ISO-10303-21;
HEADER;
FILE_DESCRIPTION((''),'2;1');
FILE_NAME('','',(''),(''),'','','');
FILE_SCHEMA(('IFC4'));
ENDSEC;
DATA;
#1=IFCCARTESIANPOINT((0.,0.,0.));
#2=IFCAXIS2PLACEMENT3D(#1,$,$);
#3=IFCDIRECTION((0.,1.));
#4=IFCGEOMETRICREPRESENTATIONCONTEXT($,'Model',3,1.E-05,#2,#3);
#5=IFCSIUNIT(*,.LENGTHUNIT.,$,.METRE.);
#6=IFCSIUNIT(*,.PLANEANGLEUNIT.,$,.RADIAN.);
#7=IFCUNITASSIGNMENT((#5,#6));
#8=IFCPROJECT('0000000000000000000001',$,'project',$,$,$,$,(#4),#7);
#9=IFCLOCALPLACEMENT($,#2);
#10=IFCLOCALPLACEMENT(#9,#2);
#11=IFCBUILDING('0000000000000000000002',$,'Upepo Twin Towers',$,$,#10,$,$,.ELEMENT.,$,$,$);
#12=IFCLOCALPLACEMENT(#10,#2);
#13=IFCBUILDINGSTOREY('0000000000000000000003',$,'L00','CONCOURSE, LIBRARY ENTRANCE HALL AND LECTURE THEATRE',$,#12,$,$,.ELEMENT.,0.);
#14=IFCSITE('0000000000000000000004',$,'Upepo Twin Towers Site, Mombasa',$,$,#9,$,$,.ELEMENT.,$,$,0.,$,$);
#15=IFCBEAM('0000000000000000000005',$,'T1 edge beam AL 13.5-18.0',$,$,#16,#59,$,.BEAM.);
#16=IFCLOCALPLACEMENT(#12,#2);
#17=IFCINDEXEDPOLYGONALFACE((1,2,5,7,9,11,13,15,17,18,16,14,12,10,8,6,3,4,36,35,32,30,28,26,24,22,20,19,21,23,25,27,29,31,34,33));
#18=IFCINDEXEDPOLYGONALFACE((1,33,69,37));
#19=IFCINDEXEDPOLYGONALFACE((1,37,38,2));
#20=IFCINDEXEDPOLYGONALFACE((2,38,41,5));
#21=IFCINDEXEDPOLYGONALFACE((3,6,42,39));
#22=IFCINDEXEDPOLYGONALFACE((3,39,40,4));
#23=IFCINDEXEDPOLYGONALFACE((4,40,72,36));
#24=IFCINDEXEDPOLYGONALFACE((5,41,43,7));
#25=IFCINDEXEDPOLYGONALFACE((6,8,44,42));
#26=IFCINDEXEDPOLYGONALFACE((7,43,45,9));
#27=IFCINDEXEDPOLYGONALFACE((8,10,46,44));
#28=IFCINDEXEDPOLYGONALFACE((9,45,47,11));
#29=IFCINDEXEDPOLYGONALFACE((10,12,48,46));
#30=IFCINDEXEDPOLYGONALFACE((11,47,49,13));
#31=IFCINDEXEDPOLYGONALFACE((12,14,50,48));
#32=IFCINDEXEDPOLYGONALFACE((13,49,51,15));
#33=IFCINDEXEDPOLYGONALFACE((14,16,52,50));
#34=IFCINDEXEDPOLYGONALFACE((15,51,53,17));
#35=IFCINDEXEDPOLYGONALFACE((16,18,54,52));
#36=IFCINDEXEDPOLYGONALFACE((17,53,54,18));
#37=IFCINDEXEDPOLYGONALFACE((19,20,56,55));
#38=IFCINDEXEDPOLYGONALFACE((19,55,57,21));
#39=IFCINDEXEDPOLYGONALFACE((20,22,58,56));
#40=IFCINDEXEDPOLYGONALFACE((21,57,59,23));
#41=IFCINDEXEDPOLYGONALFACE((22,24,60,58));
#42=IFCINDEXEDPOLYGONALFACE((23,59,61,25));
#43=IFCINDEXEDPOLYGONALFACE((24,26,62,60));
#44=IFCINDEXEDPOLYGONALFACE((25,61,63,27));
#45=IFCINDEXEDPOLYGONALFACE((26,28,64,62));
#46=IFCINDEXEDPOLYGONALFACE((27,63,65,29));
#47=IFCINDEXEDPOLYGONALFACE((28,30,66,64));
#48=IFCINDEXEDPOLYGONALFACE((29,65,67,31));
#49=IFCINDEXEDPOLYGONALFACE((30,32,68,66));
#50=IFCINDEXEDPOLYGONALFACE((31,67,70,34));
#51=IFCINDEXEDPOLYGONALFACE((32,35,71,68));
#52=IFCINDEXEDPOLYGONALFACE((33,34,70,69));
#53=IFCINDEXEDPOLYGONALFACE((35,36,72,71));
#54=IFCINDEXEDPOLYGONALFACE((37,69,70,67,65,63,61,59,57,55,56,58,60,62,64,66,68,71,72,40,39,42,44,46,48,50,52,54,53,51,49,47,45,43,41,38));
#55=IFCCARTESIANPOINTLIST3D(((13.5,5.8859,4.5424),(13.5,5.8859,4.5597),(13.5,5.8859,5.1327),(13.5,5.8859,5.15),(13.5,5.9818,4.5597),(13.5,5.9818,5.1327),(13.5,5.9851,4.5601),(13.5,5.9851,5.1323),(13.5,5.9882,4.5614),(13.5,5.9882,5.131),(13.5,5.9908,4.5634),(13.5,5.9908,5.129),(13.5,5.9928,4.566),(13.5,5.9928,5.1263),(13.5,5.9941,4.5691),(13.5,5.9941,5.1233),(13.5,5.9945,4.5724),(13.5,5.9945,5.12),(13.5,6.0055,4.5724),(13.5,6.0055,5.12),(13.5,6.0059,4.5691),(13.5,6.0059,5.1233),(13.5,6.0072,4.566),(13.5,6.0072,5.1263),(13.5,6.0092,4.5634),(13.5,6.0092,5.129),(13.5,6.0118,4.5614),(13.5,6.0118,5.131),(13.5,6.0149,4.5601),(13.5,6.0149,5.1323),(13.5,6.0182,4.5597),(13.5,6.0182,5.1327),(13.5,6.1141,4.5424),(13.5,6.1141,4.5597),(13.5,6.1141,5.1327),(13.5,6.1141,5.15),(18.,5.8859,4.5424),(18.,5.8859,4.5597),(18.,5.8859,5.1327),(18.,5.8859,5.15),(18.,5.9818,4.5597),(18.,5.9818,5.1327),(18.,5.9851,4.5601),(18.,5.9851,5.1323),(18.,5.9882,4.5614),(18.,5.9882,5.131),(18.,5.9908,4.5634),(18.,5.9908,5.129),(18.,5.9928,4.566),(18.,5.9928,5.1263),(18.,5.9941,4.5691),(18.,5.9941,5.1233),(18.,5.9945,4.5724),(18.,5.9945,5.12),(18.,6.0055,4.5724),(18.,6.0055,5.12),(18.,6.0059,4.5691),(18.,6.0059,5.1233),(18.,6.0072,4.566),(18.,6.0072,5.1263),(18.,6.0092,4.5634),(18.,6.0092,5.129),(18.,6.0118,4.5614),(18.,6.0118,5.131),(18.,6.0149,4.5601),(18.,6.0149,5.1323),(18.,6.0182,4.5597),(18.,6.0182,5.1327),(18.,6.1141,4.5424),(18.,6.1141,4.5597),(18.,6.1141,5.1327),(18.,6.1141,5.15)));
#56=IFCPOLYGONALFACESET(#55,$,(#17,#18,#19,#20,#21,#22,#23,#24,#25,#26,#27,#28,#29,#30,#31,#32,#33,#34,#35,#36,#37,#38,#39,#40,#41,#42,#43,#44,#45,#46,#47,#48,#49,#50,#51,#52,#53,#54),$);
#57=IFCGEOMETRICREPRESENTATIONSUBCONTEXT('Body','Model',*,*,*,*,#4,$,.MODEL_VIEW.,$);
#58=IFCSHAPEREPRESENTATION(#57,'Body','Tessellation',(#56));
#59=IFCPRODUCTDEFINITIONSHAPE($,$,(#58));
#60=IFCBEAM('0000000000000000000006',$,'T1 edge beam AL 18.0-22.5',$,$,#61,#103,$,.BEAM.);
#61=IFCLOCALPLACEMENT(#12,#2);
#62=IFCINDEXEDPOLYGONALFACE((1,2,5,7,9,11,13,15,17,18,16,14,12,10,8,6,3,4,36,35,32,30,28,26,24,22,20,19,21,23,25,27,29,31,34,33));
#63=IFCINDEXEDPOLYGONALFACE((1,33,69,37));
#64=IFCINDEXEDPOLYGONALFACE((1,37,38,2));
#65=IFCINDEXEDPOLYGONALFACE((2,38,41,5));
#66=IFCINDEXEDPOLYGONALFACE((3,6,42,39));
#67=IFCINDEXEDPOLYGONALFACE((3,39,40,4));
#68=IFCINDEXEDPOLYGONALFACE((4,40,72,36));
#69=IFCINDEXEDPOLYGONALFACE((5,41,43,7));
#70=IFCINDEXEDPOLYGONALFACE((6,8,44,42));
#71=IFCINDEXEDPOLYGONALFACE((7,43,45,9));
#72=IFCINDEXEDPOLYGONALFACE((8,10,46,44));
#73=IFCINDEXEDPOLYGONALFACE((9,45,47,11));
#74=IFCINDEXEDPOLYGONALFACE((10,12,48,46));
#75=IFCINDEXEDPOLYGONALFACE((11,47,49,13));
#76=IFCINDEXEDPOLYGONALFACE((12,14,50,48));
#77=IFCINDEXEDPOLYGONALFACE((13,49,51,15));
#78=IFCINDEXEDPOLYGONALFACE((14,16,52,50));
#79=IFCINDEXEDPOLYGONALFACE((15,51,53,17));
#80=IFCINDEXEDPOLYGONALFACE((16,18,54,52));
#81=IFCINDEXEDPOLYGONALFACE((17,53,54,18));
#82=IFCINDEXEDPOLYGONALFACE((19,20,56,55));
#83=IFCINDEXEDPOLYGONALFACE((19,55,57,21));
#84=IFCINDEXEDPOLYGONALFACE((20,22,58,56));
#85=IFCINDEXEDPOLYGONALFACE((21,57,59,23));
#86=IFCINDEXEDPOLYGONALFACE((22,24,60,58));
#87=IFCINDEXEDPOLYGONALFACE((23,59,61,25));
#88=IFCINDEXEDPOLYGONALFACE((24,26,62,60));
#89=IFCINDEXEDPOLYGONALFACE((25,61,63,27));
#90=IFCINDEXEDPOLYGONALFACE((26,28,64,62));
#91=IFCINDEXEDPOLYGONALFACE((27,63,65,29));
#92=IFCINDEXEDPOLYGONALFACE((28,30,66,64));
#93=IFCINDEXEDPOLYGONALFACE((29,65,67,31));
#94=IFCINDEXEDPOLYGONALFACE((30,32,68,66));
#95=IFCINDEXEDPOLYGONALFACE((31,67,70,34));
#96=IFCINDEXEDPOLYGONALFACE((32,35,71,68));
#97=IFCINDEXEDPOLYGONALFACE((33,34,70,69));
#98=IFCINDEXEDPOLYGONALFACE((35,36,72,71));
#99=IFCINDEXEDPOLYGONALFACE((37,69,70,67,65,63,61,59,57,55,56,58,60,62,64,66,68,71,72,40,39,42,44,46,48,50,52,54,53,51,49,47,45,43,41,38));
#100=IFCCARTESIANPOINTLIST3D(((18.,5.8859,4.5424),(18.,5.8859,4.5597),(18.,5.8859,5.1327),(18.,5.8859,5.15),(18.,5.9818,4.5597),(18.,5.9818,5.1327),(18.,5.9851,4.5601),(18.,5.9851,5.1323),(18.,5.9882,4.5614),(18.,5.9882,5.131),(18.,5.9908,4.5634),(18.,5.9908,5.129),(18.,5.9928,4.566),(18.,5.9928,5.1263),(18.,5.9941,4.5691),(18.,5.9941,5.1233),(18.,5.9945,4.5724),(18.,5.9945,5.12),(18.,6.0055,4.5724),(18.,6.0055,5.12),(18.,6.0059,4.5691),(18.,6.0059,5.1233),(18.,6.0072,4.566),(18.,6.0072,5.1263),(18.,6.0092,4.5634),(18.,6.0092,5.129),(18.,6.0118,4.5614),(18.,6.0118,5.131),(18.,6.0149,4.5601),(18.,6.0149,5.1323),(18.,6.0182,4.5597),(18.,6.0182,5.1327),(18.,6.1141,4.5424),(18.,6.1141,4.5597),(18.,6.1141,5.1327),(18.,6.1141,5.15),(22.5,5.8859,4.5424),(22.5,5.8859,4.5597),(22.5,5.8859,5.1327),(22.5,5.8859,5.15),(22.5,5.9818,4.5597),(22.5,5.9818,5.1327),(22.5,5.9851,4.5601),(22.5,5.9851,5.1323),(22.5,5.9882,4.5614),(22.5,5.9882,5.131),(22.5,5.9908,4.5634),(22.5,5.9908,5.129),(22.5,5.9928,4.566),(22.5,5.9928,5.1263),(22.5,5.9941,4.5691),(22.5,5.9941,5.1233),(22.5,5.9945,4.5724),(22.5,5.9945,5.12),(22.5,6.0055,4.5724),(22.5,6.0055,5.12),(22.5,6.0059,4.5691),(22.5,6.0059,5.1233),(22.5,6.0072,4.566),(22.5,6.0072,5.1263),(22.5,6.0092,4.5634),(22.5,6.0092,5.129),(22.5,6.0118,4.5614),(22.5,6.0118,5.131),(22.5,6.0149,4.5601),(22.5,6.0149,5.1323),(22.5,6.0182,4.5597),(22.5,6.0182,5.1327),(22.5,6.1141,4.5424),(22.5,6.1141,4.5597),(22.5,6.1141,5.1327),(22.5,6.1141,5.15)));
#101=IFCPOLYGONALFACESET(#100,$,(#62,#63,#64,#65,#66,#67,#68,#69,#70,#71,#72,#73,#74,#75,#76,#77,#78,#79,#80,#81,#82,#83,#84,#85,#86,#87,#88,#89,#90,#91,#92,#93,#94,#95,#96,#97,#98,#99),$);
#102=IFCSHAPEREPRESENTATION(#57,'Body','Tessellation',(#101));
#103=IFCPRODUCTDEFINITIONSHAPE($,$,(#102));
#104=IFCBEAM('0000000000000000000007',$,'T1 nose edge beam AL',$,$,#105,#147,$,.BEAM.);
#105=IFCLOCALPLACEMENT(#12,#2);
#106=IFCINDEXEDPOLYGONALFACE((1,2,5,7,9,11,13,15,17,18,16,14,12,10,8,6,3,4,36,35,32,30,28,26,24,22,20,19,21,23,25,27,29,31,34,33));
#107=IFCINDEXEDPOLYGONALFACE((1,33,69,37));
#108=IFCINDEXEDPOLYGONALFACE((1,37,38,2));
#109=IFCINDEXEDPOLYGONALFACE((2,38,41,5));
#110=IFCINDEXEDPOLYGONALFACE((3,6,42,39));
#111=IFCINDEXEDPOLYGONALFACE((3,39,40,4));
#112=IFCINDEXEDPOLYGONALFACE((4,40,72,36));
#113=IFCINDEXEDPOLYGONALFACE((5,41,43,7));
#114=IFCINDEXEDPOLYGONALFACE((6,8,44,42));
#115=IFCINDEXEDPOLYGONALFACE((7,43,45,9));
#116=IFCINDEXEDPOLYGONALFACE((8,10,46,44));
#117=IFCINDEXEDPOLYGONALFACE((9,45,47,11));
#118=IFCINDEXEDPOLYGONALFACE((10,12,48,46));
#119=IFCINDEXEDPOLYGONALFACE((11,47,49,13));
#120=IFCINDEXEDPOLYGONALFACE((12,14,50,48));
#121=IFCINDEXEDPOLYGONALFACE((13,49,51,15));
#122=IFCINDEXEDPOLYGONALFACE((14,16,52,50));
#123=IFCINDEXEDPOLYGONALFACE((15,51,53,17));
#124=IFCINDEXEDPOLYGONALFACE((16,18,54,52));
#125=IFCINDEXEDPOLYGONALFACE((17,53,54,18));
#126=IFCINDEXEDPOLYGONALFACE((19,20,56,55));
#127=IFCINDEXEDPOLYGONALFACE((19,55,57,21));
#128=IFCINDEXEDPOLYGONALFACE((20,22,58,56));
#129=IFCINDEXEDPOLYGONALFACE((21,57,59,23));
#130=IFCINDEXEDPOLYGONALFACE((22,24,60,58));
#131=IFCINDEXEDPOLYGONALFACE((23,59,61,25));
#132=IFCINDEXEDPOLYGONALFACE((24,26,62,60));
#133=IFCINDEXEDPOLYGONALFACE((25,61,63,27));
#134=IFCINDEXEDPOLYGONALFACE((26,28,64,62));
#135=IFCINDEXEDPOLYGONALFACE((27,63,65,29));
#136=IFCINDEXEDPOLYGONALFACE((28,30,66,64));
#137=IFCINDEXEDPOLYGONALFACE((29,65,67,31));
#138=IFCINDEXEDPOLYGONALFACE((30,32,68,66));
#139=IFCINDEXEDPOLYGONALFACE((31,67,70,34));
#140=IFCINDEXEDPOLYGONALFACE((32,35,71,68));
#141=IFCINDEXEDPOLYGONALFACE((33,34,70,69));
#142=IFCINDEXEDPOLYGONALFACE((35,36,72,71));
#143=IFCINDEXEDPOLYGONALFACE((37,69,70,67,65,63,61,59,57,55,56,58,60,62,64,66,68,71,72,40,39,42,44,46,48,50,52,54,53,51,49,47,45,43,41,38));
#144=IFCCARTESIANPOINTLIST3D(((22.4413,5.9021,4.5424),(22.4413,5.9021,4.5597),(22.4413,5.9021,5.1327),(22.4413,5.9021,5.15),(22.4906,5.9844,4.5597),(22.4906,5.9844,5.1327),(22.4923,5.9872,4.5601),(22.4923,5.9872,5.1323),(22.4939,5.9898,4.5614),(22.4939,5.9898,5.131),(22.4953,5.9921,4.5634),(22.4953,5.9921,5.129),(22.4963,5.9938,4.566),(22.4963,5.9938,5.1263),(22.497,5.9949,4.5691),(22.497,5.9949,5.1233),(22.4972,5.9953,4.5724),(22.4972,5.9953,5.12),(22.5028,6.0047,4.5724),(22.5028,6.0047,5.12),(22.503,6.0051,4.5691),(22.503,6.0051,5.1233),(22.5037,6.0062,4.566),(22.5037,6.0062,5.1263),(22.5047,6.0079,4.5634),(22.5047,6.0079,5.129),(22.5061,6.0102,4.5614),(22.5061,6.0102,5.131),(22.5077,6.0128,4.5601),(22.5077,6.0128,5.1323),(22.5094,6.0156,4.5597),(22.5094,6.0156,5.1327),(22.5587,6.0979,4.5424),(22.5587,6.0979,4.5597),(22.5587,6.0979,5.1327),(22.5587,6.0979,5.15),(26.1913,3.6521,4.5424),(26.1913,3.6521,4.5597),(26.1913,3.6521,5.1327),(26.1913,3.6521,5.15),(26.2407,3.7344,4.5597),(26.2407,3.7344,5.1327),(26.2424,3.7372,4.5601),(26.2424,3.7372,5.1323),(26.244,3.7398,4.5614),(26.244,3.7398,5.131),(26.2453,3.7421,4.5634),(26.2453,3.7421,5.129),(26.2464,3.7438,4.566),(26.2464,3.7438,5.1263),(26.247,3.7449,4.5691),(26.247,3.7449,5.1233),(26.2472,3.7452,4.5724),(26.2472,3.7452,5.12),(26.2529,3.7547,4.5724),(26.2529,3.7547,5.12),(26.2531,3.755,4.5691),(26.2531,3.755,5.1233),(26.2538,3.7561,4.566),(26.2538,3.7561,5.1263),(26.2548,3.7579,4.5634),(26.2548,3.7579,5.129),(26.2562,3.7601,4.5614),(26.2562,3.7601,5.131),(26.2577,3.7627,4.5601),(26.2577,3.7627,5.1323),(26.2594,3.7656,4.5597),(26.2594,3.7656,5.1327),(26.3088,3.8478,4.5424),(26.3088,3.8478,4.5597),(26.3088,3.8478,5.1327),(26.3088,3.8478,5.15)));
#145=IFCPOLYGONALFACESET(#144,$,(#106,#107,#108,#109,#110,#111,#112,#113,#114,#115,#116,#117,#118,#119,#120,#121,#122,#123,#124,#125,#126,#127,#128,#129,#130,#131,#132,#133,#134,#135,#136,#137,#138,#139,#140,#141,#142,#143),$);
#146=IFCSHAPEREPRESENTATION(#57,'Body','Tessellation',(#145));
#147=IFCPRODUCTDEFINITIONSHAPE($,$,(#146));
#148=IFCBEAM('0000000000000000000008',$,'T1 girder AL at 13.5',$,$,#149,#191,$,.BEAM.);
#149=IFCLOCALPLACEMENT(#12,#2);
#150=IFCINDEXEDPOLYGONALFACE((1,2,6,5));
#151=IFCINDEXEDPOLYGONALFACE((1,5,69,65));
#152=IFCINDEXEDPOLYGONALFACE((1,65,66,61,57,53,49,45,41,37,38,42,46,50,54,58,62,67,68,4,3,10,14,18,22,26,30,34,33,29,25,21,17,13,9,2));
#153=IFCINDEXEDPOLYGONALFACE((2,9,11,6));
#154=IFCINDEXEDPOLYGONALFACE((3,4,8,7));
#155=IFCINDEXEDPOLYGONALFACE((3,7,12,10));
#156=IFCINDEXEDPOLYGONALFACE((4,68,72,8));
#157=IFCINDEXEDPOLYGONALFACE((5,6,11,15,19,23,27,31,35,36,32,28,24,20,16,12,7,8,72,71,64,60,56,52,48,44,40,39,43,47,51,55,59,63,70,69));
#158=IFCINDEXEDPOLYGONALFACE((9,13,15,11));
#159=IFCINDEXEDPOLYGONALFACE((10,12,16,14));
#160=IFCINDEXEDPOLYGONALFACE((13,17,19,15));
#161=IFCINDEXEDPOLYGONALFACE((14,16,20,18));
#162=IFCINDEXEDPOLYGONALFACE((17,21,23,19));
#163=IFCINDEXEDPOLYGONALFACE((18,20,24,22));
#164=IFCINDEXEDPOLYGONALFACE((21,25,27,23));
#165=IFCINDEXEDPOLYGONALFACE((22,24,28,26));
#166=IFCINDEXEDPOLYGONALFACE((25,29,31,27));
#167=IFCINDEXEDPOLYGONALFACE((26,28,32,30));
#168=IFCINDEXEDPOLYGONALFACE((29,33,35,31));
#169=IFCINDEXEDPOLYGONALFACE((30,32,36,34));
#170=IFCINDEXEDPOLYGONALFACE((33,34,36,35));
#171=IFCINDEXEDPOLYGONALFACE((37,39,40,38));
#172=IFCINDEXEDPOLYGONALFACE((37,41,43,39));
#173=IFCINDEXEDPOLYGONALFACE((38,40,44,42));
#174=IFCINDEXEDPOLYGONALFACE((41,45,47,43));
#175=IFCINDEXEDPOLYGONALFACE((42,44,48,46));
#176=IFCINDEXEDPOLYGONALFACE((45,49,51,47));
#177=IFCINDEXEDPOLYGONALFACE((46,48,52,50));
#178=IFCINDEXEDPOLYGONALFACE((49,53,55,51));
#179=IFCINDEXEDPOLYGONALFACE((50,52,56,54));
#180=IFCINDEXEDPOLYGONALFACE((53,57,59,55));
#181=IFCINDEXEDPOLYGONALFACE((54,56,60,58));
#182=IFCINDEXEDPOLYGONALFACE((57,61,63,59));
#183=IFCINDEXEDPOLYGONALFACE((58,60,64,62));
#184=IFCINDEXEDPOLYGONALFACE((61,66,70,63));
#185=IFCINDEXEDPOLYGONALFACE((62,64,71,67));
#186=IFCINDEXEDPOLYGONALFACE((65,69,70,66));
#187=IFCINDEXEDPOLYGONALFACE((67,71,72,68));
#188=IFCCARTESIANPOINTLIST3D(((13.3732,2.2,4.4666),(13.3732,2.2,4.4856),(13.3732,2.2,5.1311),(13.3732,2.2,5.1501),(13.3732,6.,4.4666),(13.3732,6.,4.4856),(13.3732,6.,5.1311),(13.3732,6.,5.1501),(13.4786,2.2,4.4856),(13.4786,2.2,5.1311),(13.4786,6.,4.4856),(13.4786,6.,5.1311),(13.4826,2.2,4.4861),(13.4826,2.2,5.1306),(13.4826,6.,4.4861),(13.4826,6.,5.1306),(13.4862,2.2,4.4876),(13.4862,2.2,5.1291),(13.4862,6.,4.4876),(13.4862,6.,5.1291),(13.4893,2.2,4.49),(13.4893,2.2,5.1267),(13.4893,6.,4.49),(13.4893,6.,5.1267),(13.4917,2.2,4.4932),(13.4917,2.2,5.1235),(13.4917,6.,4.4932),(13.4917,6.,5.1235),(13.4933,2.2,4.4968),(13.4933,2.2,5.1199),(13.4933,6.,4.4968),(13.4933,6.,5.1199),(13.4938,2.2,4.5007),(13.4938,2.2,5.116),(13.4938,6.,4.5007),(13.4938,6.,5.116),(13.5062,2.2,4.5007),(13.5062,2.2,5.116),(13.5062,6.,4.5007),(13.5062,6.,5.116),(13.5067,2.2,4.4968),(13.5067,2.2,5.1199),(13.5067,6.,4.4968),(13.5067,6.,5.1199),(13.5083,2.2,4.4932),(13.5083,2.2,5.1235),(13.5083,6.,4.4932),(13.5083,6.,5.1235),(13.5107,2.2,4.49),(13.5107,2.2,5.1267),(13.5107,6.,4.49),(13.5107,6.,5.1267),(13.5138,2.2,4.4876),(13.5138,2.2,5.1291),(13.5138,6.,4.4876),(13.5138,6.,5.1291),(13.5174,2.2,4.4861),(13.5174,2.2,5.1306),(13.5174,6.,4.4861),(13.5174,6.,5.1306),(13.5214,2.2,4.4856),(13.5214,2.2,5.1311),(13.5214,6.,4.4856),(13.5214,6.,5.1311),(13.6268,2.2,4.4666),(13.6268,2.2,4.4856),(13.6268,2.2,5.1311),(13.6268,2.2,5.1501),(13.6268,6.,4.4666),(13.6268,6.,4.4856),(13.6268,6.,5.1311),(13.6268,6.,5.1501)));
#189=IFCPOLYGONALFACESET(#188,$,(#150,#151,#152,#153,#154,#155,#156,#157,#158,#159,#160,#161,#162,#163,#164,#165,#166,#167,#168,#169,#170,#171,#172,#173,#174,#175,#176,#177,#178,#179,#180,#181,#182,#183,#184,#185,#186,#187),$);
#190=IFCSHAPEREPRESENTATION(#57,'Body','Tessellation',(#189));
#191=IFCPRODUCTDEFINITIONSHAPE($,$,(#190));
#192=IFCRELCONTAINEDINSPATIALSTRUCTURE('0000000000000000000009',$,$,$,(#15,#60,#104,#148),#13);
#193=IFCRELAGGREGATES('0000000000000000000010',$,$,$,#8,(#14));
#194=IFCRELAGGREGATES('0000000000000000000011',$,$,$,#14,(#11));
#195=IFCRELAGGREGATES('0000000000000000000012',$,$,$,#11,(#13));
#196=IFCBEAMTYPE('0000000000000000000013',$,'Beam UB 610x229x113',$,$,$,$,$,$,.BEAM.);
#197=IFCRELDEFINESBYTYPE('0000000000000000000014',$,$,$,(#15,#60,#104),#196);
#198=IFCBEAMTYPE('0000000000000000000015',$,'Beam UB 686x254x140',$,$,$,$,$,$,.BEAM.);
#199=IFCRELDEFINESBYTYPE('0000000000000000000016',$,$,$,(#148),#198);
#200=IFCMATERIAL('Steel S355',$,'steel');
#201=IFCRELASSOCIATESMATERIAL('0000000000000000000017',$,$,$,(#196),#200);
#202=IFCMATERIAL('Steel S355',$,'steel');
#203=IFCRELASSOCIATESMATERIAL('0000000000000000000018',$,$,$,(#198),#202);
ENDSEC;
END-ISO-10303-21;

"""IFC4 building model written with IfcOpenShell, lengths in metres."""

from ifc_helpers import new_model, si_unit, direction, frame, origin, origin_2d, place, context, subcontext, project, spatial, i_section, extrude, material, material_profile, profile_set, type_object, element, save


model = new_model("IFC4")

# Units and contexts
model_context = context("Model", 3, precision=1e-05, world=origin(), true_north=direction((0.0, 1.0)))
body_context = subcontext(model_context, "Body", "Model", "MODEL_VIEW")
ifc_project = project(units=[si_unit("LENGTHUNIT", "METRE"), si_unit("PLANEANGLEUNIT", "RADIAN")], contexts=[model_context])

# Site, building, storey
site_placement = place(None, origin())
site = spatial("IfcSite", under=ifc_project, at=site_placement, Name="Upepo Twin Towers Site, Mombasa", CompositionType="ELEMENT", RefElevation=0.0)
building_placement = place(site_placement, origin())
building = spatial("IfcBuilding", under=site, at=building_placement, Name="Upepo Twin Towers", CompositionType="ELEMENT")
storey_placement = place(building_placement, origin())
storey = spatial("IfcBuildingStorey", under=building, at=storey_placement, Name="L00", Description="CONCOURSE, LIBRARY ENTRANCE HALL AND LECTURE THEATRE", CompositionType="ELEMENT", Elevation=0.0)

# Beams
ifc_material_1 = material(Name="Steel S355", Category="steel")
ifc_material_profile_1 = material_profile(ifc_material_1, i_section(OverallWidth=0.2283, OverallDepth=0.6077, WebThickness=0.011, FlangeThickness=0.0173, FilletRadius=0.0127, at=origin_2d()), Name="UB 610x229x113")
ifc_profile_set_1 = profile_set([ifc_material_profile_1], Name="Steel S355")
beam_type_1 = type_object("IfcBeamType", Name="Beam UB 610x229x113", PredefinedType="BEAM", material=ifc_profile_set_1)
for number, where, z_axis, x_axis, name in (
    (1, (13.5, 6.0, 4.8462), (1.0, 0.0, 0.0), (0.0, 1.0, 0.0), "T1 edge beam AL 13.5-18.0"),
    (2, (18.0, 6.0, 4.8462), (1.0, 0.0, 0.0), (0.0, 1.0, 0.0), "T1 edge beam AL 18.0-22.5"),
):
    element("IfcBeam", number, at=place(storey_placement, frame(where, z_axis=z_axis, x_axis=x_axis)), inside=storey, type_object=beam_type_1, Name=name, PredefinedType="BEAM", context=body_context, shape_type="SweptSolid", body=[
        extrude(i_section(OverallWidth=0.2283, OverallDepth=0.6077, WebThickness=0.011, FlangeThickness=0.0173, FilletRadius=0.0127, at=origin_2d()), origin(), (0.0, 0.0, 1.0), 4.5),
    ])
beam_placement = place(storey_placement, frame((22.5, 6.0, 4.8462), z_axis=(0.857493, -0.514496, 0.0), x_axis=(0.514496, 0.857493, 0.0)))
element("IfcBeam", 3, at=beam_placement, inside=storey, type_object=beam_type_1, Name="T1 nose edge beam AL", PredefinedType="BEAM", context=body_context, shape_type="SweptSolid", body=[
    extrude(i_section(OverallWidth=0.2283, OverallDepth=0.6077, WebThickness=0.011, FlangeThickness=0.0173, FilletRadius=0.0127, at=origin_2d()), origin(), (0.0, 0.0, 1.0), 4.3733),
])
ifc_material_2 = material(Name="Steel S355", Category="steel")
ifc_material_profile_2 = material_profile(ifc_material_2, i_section(OverallWidth=0.2537, OverallDepth=0.6836, WebThickness=0.0125, FlangeThickness=0.019, FilletRadius=0.0151, at=origin_2d()), Name="UB 686x254x140")
ifc_profile_set_2 = profile_set([ifc_material_profile_2], Name="Steel S355")
beam_type_2 = type_object("IfcBeamType", Name="Beam UB 686x254x140", PredefinedType="BEAM", material=ifc_profile_set_2)
for number, where, z_axis, x_axis, name in (
    (4, (13.5, 6.0, 4.8083), (0.0, -1.0, 0.0), (1.0, 0.0, 0.0), "T1 girder AL at 13.5"),
):
    element("IfcBeam", number, at=place(storey_placement, frame(where, z_axis=z_axis, x_axis=x_axis)), inside=storey, type_object=beam_type_2, Name=name, PredefinedType="BEAM", context=body_context, shape_type="SweptSolid", body=[
        extrude(i_section(OverallWidth=0.2537, OverallDepth=0.6836, WebThickness=0.0125, FlangeThickness=0.019, FilletRadius=0.0151, at=origin_2d()), origin(), (0.0, 0.0, 1.0), 3.8),
    ])

save(model, "model.ifc")
